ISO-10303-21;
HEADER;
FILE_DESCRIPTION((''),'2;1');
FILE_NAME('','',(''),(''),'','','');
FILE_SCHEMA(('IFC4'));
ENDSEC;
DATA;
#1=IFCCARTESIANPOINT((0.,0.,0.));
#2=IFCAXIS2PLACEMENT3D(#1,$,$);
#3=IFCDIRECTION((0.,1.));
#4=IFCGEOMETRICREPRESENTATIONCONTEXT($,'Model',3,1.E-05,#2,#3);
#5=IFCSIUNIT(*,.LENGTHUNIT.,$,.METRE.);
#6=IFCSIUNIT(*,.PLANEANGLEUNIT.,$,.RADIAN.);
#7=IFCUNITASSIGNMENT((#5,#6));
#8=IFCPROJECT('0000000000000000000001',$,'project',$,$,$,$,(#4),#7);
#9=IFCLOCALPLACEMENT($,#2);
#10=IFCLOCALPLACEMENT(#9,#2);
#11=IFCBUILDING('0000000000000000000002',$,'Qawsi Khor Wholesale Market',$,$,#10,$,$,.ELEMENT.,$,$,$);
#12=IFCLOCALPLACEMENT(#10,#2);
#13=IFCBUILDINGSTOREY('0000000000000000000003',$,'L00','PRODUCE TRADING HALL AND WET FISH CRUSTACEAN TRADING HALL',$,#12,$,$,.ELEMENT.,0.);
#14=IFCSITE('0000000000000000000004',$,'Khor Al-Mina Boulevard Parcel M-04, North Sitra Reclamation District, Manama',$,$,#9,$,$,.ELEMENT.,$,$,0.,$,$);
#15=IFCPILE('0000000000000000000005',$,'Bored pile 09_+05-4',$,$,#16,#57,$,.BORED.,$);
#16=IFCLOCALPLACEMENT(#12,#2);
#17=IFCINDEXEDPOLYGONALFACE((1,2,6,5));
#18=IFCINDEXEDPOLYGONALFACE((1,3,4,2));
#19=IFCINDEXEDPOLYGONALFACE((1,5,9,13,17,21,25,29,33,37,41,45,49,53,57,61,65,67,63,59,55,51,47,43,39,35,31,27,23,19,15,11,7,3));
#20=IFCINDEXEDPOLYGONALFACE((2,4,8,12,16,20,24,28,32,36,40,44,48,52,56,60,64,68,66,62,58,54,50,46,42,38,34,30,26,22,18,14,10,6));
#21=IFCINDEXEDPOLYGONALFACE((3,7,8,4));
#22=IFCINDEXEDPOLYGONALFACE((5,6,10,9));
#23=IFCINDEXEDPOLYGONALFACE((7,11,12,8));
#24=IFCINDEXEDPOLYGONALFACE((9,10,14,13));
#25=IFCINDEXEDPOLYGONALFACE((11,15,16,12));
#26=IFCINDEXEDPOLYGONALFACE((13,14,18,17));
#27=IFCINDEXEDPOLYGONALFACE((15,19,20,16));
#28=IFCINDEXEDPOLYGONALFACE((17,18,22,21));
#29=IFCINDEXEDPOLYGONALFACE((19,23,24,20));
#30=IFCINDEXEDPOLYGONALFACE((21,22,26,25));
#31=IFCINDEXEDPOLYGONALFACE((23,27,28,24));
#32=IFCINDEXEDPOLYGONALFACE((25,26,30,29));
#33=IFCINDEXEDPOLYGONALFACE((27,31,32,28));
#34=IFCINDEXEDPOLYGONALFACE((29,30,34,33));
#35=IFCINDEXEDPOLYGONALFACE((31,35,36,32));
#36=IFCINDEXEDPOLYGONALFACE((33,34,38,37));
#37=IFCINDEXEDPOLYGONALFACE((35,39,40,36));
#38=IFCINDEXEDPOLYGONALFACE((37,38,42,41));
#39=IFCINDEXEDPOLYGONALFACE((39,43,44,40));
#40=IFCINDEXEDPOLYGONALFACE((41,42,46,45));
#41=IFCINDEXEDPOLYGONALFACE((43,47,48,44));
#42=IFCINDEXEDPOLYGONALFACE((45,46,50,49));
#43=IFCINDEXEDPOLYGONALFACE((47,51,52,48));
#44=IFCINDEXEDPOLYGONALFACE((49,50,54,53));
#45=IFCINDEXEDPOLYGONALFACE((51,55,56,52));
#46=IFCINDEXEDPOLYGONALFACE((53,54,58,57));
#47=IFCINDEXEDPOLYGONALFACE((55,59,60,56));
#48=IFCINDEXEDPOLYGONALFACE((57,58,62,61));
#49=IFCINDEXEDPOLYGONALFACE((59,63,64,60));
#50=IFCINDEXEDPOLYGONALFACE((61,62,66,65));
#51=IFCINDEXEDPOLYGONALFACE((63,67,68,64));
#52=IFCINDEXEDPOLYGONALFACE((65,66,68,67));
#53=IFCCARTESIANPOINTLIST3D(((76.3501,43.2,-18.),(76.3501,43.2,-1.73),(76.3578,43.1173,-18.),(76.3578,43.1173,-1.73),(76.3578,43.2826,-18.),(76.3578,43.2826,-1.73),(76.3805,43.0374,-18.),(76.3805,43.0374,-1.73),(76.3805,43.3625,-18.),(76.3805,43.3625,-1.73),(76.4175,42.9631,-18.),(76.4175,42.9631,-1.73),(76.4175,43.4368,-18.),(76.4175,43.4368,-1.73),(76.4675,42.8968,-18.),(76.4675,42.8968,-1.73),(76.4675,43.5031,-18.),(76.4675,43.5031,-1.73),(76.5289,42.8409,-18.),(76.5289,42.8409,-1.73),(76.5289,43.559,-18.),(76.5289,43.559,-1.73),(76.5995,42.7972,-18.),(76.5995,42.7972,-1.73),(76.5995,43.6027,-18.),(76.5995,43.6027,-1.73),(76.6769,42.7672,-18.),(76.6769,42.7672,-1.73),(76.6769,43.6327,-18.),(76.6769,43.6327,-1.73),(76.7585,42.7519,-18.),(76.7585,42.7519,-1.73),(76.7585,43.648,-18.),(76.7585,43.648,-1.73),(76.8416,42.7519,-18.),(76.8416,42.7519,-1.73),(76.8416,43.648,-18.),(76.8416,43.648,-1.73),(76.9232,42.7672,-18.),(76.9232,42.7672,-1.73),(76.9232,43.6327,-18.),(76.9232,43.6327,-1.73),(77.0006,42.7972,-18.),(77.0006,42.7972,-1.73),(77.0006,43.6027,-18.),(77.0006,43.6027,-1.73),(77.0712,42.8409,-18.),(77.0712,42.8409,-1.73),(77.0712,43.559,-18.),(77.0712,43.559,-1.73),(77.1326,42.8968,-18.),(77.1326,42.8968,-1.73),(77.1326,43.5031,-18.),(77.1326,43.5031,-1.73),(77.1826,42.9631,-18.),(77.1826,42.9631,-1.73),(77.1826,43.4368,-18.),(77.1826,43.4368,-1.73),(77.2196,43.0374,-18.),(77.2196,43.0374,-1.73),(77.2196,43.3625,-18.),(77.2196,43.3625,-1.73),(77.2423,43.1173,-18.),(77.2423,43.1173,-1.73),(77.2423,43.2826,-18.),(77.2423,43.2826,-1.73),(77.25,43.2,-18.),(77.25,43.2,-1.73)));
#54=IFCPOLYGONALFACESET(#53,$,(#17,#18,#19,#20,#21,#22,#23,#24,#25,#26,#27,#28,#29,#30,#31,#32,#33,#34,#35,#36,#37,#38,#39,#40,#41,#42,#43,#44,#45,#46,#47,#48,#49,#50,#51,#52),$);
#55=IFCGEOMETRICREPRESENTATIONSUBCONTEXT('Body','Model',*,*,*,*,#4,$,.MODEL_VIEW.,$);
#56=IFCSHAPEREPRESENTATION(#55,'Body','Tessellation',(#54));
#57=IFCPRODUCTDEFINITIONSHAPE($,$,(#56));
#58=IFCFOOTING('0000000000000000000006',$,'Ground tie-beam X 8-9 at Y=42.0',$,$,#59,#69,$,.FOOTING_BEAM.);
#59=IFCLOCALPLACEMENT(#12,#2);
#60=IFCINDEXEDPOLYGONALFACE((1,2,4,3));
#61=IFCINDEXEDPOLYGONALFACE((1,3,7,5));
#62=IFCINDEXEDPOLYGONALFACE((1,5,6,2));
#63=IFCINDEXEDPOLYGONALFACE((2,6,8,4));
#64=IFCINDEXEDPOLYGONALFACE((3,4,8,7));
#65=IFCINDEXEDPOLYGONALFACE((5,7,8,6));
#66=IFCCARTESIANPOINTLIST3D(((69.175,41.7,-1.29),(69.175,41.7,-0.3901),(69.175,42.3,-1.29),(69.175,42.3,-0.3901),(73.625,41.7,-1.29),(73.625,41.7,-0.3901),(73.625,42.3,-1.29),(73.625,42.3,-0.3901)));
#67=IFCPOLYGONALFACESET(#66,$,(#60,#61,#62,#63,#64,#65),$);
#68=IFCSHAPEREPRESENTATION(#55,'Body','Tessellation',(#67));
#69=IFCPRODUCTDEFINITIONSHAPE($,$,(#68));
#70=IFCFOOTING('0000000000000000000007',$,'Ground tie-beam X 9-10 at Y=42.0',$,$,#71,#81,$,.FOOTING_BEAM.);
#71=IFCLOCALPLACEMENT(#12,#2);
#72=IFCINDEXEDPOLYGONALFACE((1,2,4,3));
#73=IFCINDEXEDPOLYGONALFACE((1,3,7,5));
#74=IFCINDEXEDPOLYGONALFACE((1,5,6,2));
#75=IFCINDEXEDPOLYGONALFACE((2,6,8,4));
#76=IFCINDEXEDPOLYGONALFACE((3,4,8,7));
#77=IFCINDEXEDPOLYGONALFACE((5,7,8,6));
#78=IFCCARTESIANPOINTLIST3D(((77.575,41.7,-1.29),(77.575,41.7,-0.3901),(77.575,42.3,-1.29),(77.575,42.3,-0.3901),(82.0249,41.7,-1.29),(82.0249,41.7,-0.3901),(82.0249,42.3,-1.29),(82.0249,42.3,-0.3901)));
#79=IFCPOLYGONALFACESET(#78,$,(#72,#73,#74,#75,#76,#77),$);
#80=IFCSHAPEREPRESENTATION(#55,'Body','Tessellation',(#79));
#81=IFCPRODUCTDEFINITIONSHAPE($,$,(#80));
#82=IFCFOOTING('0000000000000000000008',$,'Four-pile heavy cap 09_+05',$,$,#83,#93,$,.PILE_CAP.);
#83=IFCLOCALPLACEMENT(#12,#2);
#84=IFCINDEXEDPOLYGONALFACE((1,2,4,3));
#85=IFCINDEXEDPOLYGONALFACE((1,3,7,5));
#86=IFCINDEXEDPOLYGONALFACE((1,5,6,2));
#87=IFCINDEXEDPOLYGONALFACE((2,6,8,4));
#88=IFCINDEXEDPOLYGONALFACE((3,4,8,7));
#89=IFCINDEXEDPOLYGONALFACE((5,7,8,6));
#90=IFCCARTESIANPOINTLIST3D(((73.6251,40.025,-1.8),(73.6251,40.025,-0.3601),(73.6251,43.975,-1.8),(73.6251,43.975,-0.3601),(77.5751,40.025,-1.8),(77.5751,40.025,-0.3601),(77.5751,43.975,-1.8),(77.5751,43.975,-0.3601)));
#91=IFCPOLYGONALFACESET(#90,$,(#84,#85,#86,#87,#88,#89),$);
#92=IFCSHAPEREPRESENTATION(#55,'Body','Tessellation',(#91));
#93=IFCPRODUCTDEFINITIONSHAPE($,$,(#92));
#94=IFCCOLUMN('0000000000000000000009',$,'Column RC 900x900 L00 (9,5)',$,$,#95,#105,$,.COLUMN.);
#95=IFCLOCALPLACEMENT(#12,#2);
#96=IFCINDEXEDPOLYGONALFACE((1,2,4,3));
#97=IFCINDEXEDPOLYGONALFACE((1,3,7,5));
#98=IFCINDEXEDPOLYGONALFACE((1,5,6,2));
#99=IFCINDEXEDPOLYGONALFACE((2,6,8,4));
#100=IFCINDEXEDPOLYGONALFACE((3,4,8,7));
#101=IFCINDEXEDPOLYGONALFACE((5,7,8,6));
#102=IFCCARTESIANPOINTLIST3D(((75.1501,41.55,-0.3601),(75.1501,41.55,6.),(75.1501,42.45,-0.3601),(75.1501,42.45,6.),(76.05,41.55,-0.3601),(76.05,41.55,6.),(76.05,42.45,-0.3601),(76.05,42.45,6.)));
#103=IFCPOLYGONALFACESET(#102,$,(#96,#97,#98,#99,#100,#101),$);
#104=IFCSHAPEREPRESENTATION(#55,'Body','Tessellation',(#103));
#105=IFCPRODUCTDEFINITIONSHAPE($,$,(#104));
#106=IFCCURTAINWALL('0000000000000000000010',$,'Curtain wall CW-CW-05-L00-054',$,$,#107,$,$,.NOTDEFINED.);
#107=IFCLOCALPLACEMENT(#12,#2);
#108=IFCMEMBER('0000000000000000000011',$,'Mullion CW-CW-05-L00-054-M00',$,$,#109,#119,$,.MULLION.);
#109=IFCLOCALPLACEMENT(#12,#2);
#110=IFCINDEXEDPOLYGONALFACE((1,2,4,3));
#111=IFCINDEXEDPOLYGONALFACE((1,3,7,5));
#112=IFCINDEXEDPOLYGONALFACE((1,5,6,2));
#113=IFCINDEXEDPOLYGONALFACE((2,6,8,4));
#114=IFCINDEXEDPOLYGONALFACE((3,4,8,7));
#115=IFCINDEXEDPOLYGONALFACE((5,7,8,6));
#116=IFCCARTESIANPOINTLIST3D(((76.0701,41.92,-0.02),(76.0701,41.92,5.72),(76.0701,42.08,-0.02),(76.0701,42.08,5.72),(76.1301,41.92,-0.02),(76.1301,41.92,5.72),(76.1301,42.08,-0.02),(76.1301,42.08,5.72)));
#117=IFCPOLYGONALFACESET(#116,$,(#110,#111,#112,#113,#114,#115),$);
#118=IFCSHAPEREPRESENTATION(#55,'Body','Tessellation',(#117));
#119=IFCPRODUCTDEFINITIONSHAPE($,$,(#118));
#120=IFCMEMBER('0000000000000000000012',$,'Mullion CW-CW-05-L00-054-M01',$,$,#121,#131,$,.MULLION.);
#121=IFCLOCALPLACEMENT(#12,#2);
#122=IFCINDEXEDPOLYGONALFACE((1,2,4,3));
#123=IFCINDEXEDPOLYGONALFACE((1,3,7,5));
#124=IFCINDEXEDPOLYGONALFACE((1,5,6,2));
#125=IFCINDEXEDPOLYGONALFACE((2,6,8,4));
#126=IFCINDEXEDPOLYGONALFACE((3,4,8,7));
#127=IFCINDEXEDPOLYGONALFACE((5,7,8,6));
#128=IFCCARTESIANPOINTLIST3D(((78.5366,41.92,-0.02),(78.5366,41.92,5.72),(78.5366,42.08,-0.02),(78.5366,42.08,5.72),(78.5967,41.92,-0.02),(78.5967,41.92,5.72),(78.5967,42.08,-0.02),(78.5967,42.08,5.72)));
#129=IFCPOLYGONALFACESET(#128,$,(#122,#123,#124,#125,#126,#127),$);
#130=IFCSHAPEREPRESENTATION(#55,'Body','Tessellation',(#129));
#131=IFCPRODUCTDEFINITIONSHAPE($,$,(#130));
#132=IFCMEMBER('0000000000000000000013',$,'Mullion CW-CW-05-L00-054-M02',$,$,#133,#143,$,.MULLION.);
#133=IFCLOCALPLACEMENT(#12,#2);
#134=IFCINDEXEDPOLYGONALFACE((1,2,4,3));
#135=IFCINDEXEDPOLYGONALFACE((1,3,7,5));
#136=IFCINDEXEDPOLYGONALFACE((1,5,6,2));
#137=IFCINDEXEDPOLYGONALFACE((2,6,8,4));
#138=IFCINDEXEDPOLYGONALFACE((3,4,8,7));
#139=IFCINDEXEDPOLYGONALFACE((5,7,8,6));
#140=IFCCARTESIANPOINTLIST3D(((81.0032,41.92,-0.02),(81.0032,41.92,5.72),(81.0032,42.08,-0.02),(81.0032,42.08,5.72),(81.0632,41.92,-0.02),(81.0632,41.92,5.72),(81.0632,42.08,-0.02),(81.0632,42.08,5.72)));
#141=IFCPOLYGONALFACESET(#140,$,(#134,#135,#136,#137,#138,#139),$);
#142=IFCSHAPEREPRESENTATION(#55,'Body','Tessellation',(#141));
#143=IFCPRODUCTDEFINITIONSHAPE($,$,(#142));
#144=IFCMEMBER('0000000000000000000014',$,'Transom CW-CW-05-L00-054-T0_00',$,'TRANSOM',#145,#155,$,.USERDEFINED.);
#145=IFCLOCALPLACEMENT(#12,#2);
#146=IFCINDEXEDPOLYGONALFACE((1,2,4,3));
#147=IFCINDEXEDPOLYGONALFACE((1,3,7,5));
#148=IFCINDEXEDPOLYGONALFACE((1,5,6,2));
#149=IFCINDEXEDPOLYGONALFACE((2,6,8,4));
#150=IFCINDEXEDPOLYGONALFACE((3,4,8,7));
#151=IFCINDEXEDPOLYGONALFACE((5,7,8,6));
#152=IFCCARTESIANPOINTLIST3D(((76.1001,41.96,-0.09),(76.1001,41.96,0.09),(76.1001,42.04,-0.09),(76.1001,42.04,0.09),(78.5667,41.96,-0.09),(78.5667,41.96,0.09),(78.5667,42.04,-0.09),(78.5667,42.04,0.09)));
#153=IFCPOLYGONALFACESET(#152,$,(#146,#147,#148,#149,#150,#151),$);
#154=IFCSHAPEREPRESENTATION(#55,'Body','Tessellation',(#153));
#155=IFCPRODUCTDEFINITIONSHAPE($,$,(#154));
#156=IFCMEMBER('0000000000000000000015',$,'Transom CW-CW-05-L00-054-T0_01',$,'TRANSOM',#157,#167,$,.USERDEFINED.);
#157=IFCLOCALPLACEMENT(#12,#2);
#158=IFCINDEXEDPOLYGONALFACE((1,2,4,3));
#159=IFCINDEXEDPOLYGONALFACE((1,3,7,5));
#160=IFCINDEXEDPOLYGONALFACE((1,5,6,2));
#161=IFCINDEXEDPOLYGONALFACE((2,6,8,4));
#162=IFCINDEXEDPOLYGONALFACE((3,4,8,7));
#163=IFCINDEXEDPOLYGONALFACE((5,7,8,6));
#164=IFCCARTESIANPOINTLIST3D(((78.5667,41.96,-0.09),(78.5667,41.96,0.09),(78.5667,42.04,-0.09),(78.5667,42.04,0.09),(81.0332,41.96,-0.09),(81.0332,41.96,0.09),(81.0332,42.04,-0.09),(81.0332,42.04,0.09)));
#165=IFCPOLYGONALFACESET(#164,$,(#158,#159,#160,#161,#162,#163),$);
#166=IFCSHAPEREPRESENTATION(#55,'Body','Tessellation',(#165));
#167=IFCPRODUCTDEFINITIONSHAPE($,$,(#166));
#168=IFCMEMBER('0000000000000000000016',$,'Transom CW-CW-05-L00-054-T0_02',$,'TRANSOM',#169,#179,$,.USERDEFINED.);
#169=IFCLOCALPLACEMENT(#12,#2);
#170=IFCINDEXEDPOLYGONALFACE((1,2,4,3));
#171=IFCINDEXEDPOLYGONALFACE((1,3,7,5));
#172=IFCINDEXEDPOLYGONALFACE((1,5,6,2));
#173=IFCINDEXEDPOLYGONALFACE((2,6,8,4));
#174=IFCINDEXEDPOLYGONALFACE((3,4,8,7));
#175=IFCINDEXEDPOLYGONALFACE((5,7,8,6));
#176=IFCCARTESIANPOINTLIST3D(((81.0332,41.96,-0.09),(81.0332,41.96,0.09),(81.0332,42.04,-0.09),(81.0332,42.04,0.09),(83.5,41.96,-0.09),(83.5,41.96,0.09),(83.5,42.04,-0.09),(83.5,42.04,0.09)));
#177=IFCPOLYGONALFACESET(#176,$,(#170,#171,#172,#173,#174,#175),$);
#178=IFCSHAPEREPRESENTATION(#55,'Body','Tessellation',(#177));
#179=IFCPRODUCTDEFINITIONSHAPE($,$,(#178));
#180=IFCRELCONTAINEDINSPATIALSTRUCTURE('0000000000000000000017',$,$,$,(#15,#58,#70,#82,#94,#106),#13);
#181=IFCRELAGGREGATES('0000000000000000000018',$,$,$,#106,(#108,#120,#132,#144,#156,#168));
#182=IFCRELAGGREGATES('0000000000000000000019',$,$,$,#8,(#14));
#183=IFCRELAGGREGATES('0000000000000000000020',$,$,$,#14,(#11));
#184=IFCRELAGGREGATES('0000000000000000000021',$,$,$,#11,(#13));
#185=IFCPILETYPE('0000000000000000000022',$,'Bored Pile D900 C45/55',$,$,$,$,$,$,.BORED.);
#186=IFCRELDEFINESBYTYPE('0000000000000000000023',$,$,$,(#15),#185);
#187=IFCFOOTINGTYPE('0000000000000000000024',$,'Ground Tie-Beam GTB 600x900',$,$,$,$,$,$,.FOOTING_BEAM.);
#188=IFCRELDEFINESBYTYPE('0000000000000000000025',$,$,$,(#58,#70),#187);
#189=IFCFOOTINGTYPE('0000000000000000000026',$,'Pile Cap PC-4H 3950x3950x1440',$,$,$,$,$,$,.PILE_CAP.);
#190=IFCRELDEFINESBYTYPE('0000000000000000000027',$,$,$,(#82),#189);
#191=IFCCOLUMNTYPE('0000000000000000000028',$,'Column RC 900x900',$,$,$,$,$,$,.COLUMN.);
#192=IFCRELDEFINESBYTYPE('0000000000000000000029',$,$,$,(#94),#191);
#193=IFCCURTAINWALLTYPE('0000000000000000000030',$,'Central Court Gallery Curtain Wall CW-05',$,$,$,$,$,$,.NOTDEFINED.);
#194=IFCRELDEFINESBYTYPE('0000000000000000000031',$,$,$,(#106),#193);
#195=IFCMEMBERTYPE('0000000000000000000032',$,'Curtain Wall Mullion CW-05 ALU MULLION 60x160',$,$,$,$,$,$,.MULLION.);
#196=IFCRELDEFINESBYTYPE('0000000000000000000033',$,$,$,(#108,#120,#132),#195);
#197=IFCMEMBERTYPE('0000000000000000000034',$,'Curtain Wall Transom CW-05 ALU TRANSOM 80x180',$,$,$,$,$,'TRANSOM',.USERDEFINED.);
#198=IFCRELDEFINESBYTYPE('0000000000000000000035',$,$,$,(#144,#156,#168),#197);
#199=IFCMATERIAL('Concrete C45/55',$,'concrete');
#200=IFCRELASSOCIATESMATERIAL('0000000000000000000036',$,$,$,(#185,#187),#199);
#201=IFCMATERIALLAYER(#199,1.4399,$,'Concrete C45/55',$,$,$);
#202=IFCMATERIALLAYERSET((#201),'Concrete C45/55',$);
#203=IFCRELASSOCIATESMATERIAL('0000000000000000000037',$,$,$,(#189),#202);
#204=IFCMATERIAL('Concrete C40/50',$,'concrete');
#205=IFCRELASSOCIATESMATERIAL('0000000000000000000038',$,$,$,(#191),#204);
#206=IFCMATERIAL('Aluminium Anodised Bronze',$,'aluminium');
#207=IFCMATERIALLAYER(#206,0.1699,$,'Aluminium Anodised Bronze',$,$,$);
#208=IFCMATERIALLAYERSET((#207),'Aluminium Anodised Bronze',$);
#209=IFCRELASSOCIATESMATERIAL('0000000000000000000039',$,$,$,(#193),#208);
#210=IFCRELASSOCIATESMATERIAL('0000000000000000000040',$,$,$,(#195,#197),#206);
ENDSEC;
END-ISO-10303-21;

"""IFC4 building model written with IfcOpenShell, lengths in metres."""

from ifc_helpers import new_model, si_unit, direction, frame, origin, origin_2d, place, context, subcontext, project, spatial, rectangle, circle, extrude, material, layer, layer_set, material_profile, profile_set, type_object, element, aggregate, save


model = new_model("IFC4")

# Units and contexts
model_context = context("Model", 3, precision=1e-05, world=origin(), true_north=direction((0.0, 1.0)))
body_context = subcontext(model_context, "Body", "Model", "MODEL_VIEW")
ifc_project = project(units=[si_unit("LENGTHUNIT", "METRE"), si_unit("PLANEANGLEUNIT", "RADIAN")], contexts=[model_context])

# Site, building, storey
site_placement = place(None, origin())
site = spatial("IfcSite", under=ifc_project, at=site_placement, Name="Khor Al-Mina Boulevard Parcel M-04, North Sitra Reclamation District, Manama", CompositionType="ELEMENT", RefElevation=0.0)
building_placement = place(site_placement, origin())
building = spatial("IfcBuilding", under=site, at=building_placement, Name="Qawsi Khor Wholesale Market", CompositionType="ELEMENT")
storey_placement = place(building_placement, origin())
storey = spatial("IfcBuildingStorey", under=building, at=storey_placement, Name="L00", Description="PRODUCE TRADING HALL AND WET FISH CRUSTACEAN TRADING HALL", CompositionType="ELEMENT", Elevation=0.0)

# Pile
ifc_material_1 = material(Name="Concrete C45/55", Category="concrete")
ifc_material_profile_1 = material_profile(ifc_material_1, circle(Radius=0.45, at=origin_2d()), Name="PILE D900")
ifc_profile_set_1 = profile_set([ifc_material_profile_1], Name="Concrete C45/55")
pile_type = type_object("IfcPileType", Name="Bored Pile D900 C45/55", PredefinedType="BORED", material=ifc_profile_set_1)
for number, where, z_axis, x_axis, name in (
    (1, (76.8, 43.2, -1.73), (0.0, 0.0, -1.0), (1.0, 0.0, 0.0), "Bored pile 09_+05-4"),
):
    element("IfcPile", number, at=place(storey_placement, frame(where, z_axis=z_axis, x_axis=x_axis)), inside=storey, type_object=pile_type, Name=name, PredefinedType="BORED", context=body_context, shape_type="SweptSolid", body=[
        extrude(circle(Radius=0.45, at=origin_2d()), origin(), (0.0, 0.0, 1.0), 16.27),
    ])

# Footings
ifc_material_profile_2 = material_profile(ifc_material_1, rectangle(XDim=0.6001, YDim=0.8999, at=origin_2d()), Name="RC 600x900")
ifc_profile_set_2 = profile_set([ifc_material_profile_2], Name="Concrete C45/55")
footing_type_1 = type_object("IfcFootingType", Name="Ground Tie-Beam GTB 600x900", PredefinedType="FOOTING_BEAM", material=ifc_profile_set_2)
for number, where, z_axis, x_axis, name in (
    (2, (69.175, 42.0, -0.8401), (1.0, 0.0, 0.0), (0.0, 1.0, 0.0), "Ground tie-beam X 8-9 at Y=42.0"),
    (3, (77.575, 42.0, -0.8401), (1.0, 0.0, 0.0), (0.0, 1.0, 0.0), "Ground tie-beam X 9-10 at Y=42.0"),
):
    element("IfcFooting", number, at=place(storey_placement, frame(where, z_axis=z_axis, x_axis=x_axis)), inside=storey, type_object=footing_type_1, Name=name, PredefinedType="FOOTING_BEAM", context=body_context, shape_type="SweptSolid", body=[
        extrude(rectangle(XDim=0.6001, YDim=0.8999, at=origin_2d()), origin(), (0.0, 0.0, 1.0), 4.45),
    ])
ifc_layer_1 = layer(ifc_material_1, 1.4399, Name="Concrete C45/55")
ifc_layer_set_1 = layer_set([ifc_layer_1], Name="Concrete C45/55")
footing_type_2 = type_object("IfcFootingType", Name="Pile Cap PC-4H 3950x3950x1440", PredefinedType="PILE_CAP", material=ifc_layer_set_1)
footing_placement = place(storey_placement, frame((75.6001, 42.0, -1.8), z_axis=(0.0, 0.0, 1.0), x_axis=(1.0, 0.0, 0.0)))
element("IfcFooting", 4, at=footing_placement, inside=storey, type_object=footing_type_2, Name="Four-pile heavy cap 09_+05", PredefinedType="PILE_CAP", context=body_context, shape_type="SweptSolid", body=[
    extrude(rectangle(XDim=3.95, YDim=3.95, at=origin_2d()), origin(), (0.0, 0.0, 1.0), 1.4399),
])

# Column
ifc_material_2 = material(Name="Concrete C40/50", Category="concrete")
ifc_material_profile_3 = material_profile(ifc_material_2, rectangle(XDim=0.8999, YDim=0.8999, at=origin_2d()), Name="RC 900x900")
ifc_profile_set_3 = profile_set([ifc_material_profile_3], Name="Concrete C40/50")
column_type = type_object("IfcColumnType", Name="Column RC 900x900", PredefinedType="COLUMN", material=ifc_profile_set_3)
column_placement = place(storey_placement, frame((75.6001, 42.0, -0.3601), z_axis=(0.0, 0.0, 1.0), x_axis=(1.0, 0.0, 0.0)))
element("IfcColumn", 5, at=column_placement, inside=storey, type_object=column_type, Name="Column RC 900x900 L00 (9,5)", PredefinedType="COLUMN", context=body_context, shape_type="SweptSolid", body=[
    extrude(rectangle(XDim=0.8999, YDim=0.8999, at=origin_2d()), origin(), (0.0, 0.0, 1.0), 6.3601),
])

# Curtain wall, members
ifc_material_3 = material(Name="Aluminium Anodised Bronze", Category="aluminium")
ifc_layer_2 = layer(ifc_material_3, 0.1699, Name="Aluminium Anodised Bronze")
ifc_layer_set_2 = layer_set([ifc_layer_2], Name="Aluminium Anodised Bronze")
curtain_wall_type = type_object("IfcCurtainWallType", Name="Central Court Gallery Curtain Wall CW-05", PredefinedType="NOTDEFINED", material=ifc_layer_set_2)
curtain_wall_placement = place(storey_placement, origin())
curtain_wall = element("IfcCurtainWall", 6, at=curtain_wall_placement, inside=storey, type_object=curtain_wall_type, Name="Curtain wall CW-CW-05-L00-054", PredefinedType="NOTDEFINED")
ifc_material_profile_4 = material_profile(ifc_material_3, rectangle(XDim=0.0601, YDim=0.1599, at=origin_2d()), Name="ALU MULLION 60x160")
ifc_profile_set_4 = profile_set([ifc_material_profile_4], Name="Aluminium Anodised Bronze")
member_type_1 = type_object("IfcMemberType", Name="Curtain Wall Mullion CW-05 ALU MULLION 60x160", PredefinedType="MULLION", material=ifc_profile_set_4)
member_1_placement = place(storey_placement, frame((76.1001, 42.0, -0.02), z_axis=(0.0, 0.0, 1.0), x_axis=(1.0, 0.0, 0.0)))
member_1 = element("IfcMember", 7, at=member_1_placement, type_object=member_type_1, Name="Mullion CW-CW-05-L00-054-M00", PredefinedType="MULLION", context=body_context, shape_type="SweptSolid", body=[
    extrude(rectangle(XDim=0.0601, YDim=0.1599, at=origin_2d()), origin(), (0.0, 0.0, 1.0), 5.74),
])
member_2_placement = place(storey_placement, frame((78.5667, 42.0, -0.02), z_axis=(0.0, 0.0, 1.0), x_axis=(1.0, 0.0, 0.0)))
member_2 = element("IfcMember", 8, at=member_2_placement, type_object=member_type_1, Name="Mullion CW-CW-05-L00-054-M01", PredefinedType="MULLION", context=body_context, shape_type="SweptSolid", body=[
    extrude(rectangle(XDim=0.0601, YDim=0.1599, at=origin_2d()), origin(), (0.0, 0.0, 1.0), 5.74),
])
member_3_placement = place(storey_placement, frame((81.0332, 42.0, -0.02), z_axis=(0.0, 0.0, 1.0), x_axis=(1.0, 0.0, 0.0)))
member_3 = element("IfcMember", 9, at=member_3_placement, type_object=member_type_1, Name="Mullion CW-CW-05-L00-054-M02", PredefinedType="MULLION", context=body_context, shape_type="SweptSolid", body=[
    extrude(rectangle(XDim=0.0601, YDim=0.1599, at=origin_2d()), origin(), (0.0, 0.0, 1.0), 5.74),
])
ifc_material_profile_5 = material_profile(ifc_material_3, rectangle(XDim=0.0801, YDim=0.1799, at=origin_2d()), Name="ALU TRANSOM 80x180")
ifc_profile_set_5 = profile_set([ifc_material_profile_5], Name="Aluminium Anodised Bronze")
member_type_2 = type_object("IfcMemberType", Name="Curtain Wall Transom CW-05 ALU TRANSOM 80x180", ElementType="TRANSOM", PredefinedType="USERDEFINED", material=ifc_profile_set_5)
member_4_placement = place(storey_placement, frame((76.1001, 42.0, 0.0), z_axis=(1.0, 0.0, 0.0), x_axis=(0.0, 1.0, 0.0)))
member_4 = element("IfcMember", 10, at=member_4_placement, type_object=member_type_2, Name="Transom CW-CW-05-L00-054-T0_00", ObjectType="TRANSOM", PredefinedType="USERDEFINED", context=body_context, shape_type="SweptSolid", body=[
    extrude(rectangle(XDim=0.0801, YDim=0.1799, at=origin_2d()), origin(), (0.0, 0.0, 1.0), 2.4666),
])
member_5_placement = place(storey_placement, frame((78.5667, 42.0, 0.0), z_axis=(1.0, 0.0, 0.0), x_axis=(0.0, 1.0, 0.0)))
member_5 = element("IfcMember", 11, at=member_5_placement, type_object=member_type_2, Name="Transom CW-CW-05-L00-054-T0_01", ObjectType="TRANSOM", PredefinedType="USERDEFINED", context=body_context, shape_type="SweptSolid", body=[
    extrude(rectangle(XDim=0.0801, YDim=0.1799, at=origin_2d()), origin(), (0.0, 0.0, 1.0), 2.4666),
])
member_6_placement = place(storey_placement, frame((81.0332, 42.0, 0.0), z_axis=(1.0, 0.0, 0.0), x_axis=(0.0, 1.0, 0.0)))
member_6 = element("IfcMember", 12, at=member_6_placement, type_object=member_type_2, Name="Transom CW-CW-05-L00-054-T0_02", ObjectType="TRANSOM", PredefinedType="USERDEFINED", context=body_context, shape_type="SweptSolid", body=[
    extrude(rectangle(XDim=0.0801, YDim=0.1799, at=origin_2d()), origin(), (0.0, 0.0, 1.0), 2.4668),
])
aggregate(curtain_wall, [member_1, member_2, member_3, member_4, member_5, member_6])

save(model, "model.ifc")
